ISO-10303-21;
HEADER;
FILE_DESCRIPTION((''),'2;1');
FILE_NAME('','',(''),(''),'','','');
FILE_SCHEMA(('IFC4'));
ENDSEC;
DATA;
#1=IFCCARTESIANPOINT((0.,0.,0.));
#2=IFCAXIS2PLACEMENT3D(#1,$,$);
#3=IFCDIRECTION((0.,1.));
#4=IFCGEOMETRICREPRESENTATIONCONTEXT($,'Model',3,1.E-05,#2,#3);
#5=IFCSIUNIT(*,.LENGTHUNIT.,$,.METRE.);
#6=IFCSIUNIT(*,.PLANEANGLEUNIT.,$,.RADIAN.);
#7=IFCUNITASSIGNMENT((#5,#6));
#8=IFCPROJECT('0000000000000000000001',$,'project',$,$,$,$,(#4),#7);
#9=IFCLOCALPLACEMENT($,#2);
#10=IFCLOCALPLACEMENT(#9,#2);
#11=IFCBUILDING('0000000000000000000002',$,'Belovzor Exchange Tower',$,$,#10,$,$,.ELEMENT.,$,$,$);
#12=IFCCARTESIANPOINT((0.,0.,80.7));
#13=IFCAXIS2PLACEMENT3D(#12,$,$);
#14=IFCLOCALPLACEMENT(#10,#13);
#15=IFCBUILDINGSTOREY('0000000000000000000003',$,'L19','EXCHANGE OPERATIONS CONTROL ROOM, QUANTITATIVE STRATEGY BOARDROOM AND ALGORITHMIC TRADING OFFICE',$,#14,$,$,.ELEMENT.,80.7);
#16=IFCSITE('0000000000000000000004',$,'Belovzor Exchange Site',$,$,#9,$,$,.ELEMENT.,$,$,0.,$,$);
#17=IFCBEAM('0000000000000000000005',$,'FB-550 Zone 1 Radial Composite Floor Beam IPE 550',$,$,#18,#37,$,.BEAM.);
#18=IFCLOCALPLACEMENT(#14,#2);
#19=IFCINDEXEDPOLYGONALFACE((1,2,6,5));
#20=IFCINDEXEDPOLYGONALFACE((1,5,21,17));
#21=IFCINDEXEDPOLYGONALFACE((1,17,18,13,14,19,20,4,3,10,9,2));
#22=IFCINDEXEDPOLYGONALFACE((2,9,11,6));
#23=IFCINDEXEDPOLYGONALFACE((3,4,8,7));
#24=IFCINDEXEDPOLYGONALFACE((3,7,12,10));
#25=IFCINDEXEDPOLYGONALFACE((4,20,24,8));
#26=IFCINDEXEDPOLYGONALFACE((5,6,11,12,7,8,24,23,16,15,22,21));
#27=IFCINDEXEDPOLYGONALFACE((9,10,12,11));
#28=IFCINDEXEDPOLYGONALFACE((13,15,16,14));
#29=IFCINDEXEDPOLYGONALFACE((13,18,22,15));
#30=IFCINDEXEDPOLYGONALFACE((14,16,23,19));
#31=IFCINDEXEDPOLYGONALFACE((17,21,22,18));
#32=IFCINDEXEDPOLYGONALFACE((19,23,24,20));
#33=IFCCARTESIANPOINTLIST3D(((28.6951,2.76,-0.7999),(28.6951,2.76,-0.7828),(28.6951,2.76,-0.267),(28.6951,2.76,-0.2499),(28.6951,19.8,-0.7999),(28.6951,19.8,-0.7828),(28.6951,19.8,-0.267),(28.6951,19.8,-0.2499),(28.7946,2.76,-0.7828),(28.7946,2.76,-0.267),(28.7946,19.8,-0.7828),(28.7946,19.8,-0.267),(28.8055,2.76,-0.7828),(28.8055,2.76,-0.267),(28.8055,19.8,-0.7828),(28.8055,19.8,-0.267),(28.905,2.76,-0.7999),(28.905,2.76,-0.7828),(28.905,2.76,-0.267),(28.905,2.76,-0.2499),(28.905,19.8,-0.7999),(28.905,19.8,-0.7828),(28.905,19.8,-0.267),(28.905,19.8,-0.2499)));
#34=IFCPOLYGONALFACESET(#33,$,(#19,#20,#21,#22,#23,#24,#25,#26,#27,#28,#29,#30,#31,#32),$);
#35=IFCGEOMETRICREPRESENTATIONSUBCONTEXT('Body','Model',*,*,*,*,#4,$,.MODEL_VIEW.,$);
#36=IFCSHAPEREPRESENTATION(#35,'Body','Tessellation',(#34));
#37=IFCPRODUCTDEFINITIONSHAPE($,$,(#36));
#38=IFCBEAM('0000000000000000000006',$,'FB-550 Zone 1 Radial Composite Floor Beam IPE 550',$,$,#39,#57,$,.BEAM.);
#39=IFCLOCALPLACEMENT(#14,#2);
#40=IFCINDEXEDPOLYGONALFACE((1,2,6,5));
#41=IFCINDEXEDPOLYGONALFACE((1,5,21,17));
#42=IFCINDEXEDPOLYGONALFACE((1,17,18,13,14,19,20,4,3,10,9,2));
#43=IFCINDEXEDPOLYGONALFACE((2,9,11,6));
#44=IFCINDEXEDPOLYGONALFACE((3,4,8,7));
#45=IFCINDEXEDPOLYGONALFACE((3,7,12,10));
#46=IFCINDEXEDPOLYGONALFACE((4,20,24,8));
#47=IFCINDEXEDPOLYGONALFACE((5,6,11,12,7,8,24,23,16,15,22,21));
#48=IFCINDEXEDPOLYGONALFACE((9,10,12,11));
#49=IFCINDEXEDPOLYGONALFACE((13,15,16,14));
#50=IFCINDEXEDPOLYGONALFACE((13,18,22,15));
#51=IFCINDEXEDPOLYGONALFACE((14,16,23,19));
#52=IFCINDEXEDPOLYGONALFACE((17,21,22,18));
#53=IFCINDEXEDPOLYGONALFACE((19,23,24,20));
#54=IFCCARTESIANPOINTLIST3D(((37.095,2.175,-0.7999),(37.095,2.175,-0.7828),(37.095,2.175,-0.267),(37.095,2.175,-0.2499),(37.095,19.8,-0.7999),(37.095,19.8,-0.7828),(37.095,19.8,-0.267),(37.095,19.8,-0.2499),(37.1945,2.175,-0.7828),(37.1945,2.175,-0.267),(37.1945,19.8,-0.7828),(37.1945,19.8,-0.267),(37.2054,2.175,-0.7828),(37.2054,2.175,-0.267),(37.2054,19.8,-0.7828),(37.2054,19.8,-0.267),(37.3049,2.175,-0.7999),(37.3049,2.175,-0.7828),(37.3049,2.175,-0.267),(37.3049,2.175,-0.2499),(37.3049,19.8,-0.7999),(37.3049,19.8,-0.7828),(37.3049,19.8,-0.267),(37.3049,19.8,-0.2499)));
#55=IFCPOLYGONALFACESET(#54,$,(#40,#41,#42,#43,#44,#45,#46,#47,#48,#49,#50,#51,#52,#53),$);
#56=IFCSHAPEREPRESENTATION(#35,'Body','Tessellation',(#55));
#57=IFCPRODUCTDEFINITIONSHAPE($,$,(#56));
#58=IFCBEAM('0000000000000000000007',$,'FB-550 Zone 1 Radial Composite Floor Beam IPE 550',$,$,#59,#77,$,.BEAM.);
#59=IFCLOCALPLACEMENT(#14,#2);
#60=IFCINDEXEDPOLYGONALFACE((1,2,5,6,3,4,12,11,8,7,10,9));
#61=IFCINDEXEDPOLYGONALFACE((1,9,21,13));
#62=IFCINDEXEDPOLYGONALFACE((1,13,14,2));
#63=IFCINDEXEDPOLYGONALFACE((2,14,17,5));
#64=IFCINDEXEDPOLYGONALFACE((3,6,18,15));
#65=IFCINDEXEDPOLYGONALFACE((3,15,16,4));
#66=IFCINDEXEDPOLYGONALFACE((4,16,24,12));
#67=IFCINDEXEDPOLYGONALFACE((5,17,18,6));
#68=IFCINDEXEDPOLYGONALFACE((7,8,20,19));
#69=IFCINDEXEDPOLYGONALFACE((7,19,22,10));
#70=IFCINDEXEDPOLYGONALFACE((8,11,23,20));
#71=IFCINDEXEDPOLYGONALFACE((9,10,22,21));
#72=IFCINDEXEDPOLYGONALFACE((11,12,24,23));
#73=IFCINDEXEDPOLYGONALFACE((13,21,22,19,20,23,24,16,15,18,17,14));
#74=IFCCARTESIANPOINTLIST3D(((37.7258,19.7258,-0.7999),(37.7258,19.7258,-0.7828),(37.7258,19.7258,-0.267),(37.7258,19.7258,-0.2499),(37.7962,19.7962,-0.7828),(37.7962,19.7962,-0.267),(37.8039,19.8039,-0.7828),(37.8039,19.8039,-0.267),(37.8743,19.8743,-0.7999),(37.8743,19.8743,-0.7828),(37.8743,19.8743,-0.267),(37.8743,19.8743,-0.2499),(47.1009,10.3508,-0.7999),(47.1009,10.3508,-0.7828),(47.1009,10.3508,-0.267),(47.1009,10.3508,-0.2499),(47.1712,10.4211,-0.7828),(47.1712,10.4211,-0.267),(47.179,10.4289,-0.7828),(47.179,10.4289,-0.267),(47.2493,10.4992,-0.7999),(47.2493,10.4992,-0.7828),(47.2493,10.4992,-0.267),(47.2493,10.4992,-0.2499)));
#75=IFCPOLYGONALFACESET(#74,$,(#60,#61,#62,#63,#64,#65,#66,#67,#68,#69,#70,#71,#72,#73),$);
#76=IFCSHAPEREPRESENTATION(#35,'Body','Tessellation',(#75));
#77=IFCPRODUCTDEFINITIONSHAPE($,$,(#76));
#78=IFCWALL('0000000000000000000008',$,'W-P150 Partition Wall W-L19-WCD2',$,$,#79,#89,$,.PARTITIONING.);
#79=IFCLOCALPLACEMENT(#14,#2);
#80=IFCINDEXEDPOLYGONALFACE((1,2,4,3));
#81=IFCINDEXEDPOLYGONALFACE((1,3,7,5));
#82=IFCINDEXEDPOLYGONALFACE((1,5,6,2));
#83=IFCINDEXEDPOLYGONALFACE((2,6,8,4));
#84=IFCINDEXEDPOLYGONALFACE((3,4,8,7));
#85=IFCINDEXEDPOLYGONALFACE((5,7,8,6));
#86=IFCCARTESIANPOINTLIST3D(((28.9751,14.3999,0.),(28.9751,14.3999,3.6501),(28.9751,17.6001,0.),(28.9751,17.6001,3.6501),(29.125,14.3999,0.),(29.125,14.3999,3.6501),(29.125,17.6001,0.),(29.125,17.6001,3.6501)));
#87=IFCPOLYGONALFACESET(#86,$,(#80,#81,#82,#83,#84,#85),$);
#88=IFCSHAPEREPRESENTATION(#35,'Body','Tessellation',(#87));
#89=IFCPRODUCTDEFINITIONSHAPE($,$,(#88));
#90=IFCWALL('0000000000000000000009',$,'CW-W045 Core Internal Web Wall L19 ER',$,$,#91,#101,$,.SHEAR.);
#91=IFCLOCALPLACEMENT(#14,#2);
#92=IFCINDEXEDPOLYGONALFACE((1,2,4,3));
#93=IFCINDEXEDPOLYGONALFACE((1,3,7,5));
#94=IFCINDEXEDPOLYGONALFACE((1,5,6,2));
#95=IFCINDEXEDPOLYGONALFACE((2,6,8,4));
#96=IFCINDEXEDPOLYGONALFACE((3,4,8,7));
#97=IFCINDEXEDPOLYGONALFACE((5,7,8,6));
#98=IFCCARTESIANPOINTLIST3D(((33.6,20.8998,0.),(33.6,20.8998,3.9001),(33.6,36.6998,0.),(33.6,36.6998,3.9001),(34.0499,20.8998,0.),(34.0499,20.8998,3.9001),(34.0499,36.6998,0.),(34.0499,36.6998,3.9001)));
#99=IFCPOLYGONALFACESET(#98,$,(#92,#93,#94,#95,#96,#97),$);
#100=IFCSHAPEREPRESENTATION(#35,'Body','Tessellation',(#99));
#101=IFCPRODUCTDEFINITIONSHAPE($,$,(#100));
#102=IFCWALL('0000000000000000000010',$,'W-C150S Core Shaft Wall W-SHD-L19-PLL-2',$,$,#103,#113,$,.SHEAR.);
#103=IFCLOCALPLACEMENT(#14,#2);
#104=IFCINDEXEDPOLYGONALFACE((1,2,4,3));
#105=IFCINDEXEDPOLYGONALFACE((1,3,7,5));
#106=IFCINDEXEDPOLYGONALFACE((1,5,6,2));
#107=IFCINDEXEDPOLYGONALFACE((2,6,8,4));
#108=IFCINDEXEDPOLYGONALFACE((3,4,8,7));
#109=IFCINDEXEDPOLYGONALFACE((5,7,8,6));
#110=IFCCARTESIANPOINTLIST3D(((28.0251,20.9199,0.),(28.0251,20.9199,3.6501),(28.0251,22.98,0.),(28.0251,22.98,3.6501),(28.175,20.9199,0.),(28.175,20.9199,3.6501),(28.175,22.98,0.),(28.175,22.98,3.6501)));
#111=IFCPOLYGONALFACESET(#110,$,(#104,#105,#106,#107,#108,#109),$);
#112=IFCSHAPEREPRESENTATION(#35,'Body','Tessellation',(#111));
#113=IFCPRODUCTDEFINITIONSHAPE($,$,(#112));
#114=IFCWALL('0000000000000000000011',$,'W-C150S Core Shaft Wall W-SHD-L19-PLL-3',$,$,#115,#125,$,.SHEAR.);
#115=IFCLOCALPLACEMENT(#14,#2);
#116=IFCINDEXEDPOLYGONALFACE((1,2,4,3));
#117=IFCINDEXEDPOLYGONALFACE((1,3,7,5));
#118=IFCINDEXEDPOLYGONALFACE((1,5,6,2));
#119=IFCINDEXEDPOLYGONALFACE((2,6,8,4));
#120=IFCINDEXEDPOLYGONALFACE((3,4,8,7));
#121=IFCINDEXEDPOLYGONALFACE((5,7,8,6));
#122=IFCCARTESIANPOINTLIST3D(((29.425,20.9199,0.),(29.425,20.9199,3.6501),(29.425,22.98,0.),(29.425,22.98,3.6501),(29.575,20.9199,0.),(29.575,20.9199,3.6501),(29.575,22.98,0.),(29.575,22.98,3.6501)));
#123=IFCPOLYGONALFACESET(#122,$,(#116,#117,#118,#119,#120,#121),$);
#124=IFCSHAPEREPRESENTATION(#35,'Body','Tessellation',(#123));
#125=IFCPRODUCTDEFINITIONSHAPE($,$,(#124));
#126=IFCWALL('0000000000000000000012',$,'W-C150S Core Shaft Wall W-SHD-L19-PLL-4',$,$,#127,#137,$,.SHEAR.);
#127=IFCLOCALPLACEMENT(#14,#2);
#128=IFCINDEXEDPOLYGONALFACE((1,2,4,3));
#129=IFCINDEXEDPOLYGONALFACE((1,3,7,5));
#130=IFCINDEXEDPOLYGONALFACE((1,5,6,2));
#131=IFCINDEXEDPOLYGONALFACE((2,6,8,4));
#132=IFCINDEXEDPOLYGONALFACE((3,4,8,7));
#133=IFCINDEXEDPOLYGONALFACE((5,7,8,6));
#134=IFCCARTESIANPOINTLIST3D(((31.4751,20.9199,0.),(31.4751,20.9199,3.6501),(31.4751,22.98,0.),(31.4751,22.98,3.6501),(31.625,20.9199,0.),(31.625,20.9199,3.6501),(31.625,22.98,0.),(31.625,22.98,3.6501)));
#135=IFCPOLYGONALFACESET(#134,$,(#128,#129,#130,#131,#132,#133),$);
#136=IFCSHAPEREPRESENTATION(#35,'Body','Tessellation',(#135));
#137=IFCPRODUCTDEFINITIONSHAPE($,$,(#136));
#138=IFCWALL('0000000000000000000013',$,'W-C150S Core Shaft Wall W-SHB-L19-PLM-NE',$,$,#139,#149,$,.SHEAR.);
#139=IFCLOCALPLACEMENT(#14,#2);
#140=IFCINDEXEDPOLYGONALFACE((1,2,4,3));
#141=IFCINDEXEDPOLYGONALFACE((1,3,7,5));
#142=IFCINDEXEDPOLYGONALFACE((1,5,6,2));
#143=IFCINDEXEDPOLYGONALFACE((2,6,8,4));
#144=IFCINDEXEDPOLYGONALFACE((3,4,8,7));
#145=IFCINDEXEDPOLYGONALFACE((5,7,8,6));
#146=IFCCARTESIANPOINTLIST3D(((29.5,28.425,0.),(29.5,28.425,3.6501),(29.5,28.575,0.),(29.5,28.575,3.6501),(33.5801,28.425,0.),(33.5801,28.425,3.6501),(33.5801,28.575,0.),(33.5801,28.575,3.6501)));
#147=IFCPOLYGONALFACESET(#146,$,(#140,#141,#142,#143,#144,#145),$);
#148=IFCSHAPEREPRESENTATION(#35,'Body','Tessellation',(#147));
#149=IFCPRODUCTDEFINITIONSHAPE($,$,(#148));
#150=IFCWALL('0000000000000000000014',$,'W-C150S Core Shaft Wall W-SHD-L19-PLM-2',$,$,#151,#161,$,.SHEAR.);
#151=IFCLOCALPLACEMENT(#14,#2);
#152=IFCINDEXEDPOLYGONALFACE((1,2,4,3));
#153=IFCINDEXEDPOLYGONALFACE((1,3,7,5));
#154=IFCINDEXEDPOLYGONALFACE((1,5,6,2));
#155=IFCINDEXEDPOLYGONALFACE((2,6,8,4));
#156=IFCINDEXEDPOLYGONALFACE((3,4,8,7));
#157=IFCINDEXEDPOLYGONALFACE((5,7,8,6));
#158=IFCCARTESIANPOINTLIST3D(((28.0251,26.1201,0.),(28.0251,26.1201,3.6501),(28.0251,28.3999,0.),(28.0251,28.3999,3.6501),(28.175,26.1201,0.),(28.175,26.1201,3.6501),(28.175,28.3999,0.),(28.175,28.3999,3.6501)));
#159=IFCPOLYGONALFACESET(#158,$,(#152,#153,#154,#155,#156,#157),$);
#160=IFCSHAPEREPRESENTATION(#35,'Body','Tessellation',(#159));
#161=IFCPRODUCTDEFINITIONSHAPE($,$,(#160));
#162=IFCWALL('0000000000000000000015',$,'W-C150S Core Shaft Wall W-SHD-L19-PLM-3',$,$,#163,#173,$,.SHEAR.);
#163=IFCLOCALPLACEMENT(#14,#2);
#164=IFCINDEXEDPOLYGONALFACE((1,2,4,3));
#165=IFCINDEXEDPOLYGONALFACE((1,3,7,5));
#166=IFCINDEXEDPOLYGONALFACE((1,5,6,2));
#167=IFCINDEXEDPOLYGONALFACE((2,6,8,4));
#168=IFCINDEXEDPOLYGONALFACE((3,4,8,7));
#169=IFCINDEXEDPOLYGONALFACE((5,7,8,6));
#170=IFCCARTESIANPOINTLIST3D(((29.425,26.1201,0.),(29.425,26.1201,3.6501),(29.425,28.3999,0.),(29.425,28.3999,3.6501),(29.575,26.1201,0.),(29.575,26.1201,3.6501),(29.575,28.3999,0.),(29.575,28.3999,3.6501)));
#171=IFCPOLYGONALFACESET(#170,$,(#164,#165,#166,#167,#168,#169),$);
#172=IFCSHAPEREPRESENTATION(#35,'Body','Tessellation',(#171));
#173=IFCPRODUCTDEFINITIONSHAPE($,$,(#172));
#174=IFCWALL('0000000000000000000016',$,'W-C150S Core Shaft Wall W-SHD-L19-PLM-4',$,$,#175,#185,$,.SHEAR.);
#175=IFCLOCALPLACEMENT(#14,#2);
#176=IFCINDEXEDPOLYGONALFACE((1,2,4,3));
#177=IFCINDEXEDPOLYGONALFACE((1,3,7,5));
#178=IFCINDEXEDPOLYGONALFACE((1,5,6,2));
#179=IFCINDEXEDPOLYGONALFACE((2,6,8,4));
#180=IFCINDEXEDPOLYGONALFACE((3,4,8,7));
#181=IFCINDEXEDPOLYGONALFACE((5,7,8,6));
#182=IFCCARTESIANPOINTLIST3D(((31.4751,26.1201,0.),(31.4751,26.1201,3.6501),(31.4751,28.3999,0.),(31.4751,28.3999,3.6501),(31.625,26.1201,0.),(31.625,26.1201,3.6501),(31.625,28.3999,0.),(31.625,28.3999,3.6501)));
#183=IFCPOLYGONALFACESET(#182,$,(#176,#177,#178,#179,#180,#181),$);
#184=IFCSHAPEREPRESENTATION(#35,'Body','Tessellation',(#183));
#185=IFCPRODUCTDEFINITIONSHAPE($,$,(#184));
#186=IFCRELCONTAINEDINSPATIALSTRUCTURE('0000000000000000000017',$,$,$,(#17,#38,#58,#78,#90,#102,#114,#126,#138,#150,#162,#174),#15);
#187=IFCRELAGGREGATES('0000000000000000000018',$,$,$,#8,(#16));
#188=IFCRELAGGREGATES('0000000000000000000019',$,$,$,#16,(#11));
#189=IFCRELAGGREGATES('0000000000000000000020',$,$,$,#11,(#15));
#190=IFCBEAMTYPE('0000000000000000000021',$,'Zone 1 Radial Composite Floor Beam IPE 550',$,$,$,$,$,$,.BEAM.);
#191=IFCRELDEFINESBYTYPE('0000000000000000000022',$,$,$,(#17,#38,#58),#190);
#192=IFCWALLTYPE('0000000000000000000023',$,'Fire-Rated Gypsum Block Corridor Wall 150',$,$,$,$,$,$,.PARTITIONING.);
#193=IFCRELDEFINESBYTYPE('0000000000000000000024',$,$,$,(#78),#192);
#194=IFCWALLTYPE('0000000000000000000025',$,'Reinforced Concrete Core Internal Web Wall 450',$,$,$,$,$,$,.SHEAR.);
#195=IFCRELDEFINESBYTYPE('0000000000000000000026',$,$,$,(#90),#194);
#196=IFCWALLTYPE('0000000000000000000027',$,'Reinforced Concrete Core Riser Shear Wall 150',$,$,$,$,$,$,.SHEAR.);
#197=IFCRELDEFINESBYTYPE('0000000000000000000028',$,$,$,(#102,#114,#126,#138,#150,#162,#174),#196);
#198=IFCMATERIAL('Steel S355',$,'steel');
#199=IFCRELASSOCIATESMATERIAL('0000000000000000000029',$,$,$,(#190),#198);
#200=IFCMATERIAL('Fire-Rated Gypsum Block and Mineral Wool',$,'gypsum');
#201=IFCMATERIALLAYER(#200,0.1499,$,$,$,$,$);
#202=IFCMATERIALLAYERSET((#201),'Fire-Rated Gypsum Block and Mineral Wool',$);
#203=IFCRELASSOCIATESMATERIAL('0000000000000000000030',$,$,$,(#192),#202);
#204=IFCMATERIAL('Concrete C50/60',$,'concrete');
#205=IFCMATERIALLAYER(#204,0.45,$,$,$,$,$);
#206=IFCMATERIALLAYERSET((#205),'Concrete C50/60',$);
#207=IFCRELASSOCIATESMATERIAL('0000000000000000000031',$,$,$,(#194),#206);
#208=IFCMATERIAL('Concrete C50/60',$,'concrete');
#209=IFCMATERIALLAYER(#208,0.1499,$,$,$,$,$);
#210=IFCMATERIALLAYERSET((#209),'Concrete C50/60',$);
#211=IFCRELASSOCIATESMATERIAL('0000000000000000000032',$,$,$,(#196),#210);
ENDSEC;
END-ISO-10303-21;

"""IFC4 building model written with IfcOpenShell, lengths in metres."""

from ifc_helpers import new_model, si_unit, direction, frame, frame_2d, origin, origin_2d, place, context, subcontext, project, spatial, rectangle, i_section, extrude, material, layer, layer_set, material_profile, profile_set, type_object, element, save


model = new_model("IFC4")

# Units and contexts
model_context = context("Model", 3, precision=1e-05, world=origin(), true_north=direction((0.0, 1.0)))
body_context = subcontext(model_context, "Body", "Model", "MODEL_VIEW")
ifc_project = project(units=[si_unit("LENGTHUNIT", "METRE"), si_unit("PLANEANGLEUNIT", "RADIAN")], contexts=[model_context])

# Site, building, storey
site_placement = place(None, origin())
site = spatial("IfcSite", under=ifc_project, at=site_placement, Name="Belovzor Exchange Site", CompositionType="ELEMENT", RefElevation=0.0)
building_placement = place(site_placement, origin())
building = spatial("IfcBuilding", under=site, at=building_placement, Name="Belovzor Exchange Tower", CompositionType="ELEMENT")
storey_placement = place(building_placement, frame((0.0, 0.0, 80.7)))
storey = spatial("IfcBuildingStorey", under=building, at=storey_placement, Name="L19", Description="EXCHANGE OPERATIONS CONTROL ROOM, QUANTITATIVE STRATEGY BOARDROOM AND ALGORITHMIC TRADING OFFICE", CompositionType="ELEMENT", Elevation=80.7)

# Beams
ifc_material_1 = material(Name="Steel S355", Category="steel")
ifc_material_profile = material_profile(ifc_material_1, i_section(OverallWidth=0.21, OverallDepth=0.55, WebThickness=0.011, FlangeThickness=0.0171, at=origin_2d()))
ifc_profile_set = profile_set([ifc_material_profile], Name="Steel S355")
beam_type = type_object("IfcBeamType", Name="Zone 1 Radial Composite Floor Beam IPE 550", PredefinedType="BEAM", material=ifc_profile_set)
beam_1_placement = place(storey_placement, frame((28.8, 19.8, -0.5249), z_axis=(0.0, -1.0, 0.0), x_axis=(1.0, 0.0, 0.0)))
element("IfcBeam", 1, at=beam_1_placement, inside=storey, type_object=beam_type, Name="FB-550 Zone 1 Radial Composite Floor Beam IPE 550", PredefinedType="BEAM", context=body_context, shape_type="SweptSolid", body=[
    extrude(i_section(OverallWidth=0.21, OverallDepth=0.55, WebThickness=0.011, FlangeThickness=0.0171, at=origin_2d()), origin(), (0.0, 0.0, 1.0), 17.04),
])
beam_2_placement = place(storey_placement, frame((37.2, 19.8, -0.5249), z_axis=(0.0, -1.0, 0.0), x_axis=(1.0, 0.0, 0.0)))
element("IfcBeam", 2, at=beam_2_placement, inside=storey, type_object=beam_type, Name="FB-550 Zone 1 Radial Composite Floor Beam IPE 550", PredefinedType="BEAM", context=body_context, shape_type="SweptSolid", body=[
    extrude(i_section(OverallWidth=0.21, OverallDepth=0.55, WebThickness=0.011, FlangeThickness=0.0171, at=origin_2d()), origin(), (0.0, 0.0, 1.0), 17.625),
])
beam_3_placement = place(storey_placement, frame((37.8, 19.8, -0.5249), z_axis=(0.707107, -0.707107, 0.0), x_axis=(0.707107, 0.707107, 0.0)))
element("IfcBeam", 3, at=beam_3_placement, inside=storey, type_object=beam_type, Name="FB-550 Zone 1 Radial Composite Floor Beam IPE 550", PredefinedType="BEAM", context=body_context, shape_type="SweptSolid", body=[
    extrude(i_section(OverallWidth=0.21, OverallDepth=0.55, WebThickness=0.011, FlangeThickness=0.0171, at=origin_2d()), origin(), (0.0, 0.0, 1.0), 13.2583),
])

# Walls
ifc_material_2 = material(Name="Fire-Rated Gypsum Block and Mineral Wool", Category="gypsum")
ifc_layer_1 = layer(ifc_material_2, 0.1499)
ifc_layer_set_1 = layer_set([ifc_layer_1], Name="Fire-Rated Gypsum Block and Mineral Wool")
wall_type_1 = type_object("IfcWallType", Name="Fire-Rated Gypsum Block Corridor Wall 150", PredefinedType="PARTITIONING", material=ifc_layer_set_1)
wall_1_placement = place(storey_placement, frame((29.05, 14.3999, 0.0), z_axis=(0.0, 0.0, 1.0), x_axis=(0.0, 1.0, 0.0)))
element("IfcWall", 4, at=wall_1_placement, inside=storey, type_object=wall_type_1, Name="W-P150 Partition Wall W-L19-WCD2", PredefinedType="PARTITIONING", context=body_context, shape_type="SweptSolid", body=[
    extrude(rectangle(XDim=3.2002, YDim=0.1499, at=frame_2d((1.6001, 0.0))), origin(), (0.0, 0.0, 1.0), 3.6501),
])
ifc_material_3 = material(Name="Concrete C50/60", Category="concrete")
ifc_layer_2 = layer(ifc_material_3, 0.45)
ifc_layer_set_2 = layer_set([ifc_layer_2], Name="Concrete C50/60")
wall_type_2 = type_object("IfcWallType", Name="Reinforced Concrete Core Internal Web Wall 450", PredefinedType="SHEAR", material=ifc_layer_set_2)
wall_2_placement = place(storey_placement, frame((33.825, 20.8999, 0.0), z_axis=(0.0, 0.0, 1.0), x_axis=(0.0, 1.0, 0.0)))
element("IfcWall", 5, at=wall_2_placement, inside=storey, type_object=wall_type_2, Name="CW-W045 Core Internal Web Wall L19 ER", PredefinedType="SHEAR", context=body_context, shape_type="SweptSolid", body=[
    extrude(rectangle(XDim=15.8, YDim=0.45, at=frame_2d((7.8999, 0.0))), origin(), (0.0, 0.0, 1.0), 3.9001),
])
ifc_material_4 = material(Name="Concrete C50/60", Category="concrete")
ifc_layer_3 = layer(ifc_material_4, 0.1499)
ifc_layer_set_3 = layer_set([ifc_layer_3], Name="Concrete C50/60")
wall_type_3 = type_object("IfcWallType", Name="Reinforced Concrete Core Riser Shear Wall 150", PredefinedType="SHEAR", material=ifc_layer_set_3)
for number, where, z_axis, x_axis, name in (
    (6, (28.1001, 20.9199, 0.0), (0.0, 0.0, 1.0), (0.0, 1.0, 0.0), "W-C150S Core Shaft Wall W-SHD-L19-PLL-2"),
    (7, (29.5, 20.9199, 0.0), (0.0, 0.0, 1.0), (0.0, 1.0, 0.0), "W-C150S Core Shaft Wall W-SHD-L19-PLL-3"),
    (8, (31.55, 20.9199, 0.0), (0.0, 0.0, 1.0), (0.0, 1.0, 0.0), "W-C150S Core Shaft Wall W-SHD-L19-PLL-4"),
):
    element("IfcWall", number, at=place(storey_placement, frame(where, z_axis=z_axis, x_axis=x_axis)), inside=storey, type_object=wall_type_3, Name=name, PredefinedType="SHEAR", context=body_context, shape_type="SweptSolid", body=[
        extrude(rectangle(XDim=2.0601, YDim=0.1499, at=frame_2d((1.03, 0.0))), origin(), (0.0, 0.0, 1.0), 3.6501),
    ])
wall_3_placement = place(storey_placement, frame((29.5, 28.5, 0.0), z_axis=(0.0, 0.0, 1.0), x_axis=(1.0, 0.0, 0.0)))
element("IfcWall", 9, at=wall_3_placement, inside=storey, type_object=wall_type_3, Name="W-C150S Core Shaft Wall W-SHB-L19-PLM-NE", PredefinedType="SHEAR", context=body_context, shape_type="SweptSolid", body=[
    extrude(rectangle(XDim=4.0801, YDim=0.1499, at=frame_2d((2.04, 0.0))), origin(), (0.0, 0.0, 1.0), 3.6501),
])
for number, where, z_axis, x_axis, name in (
    (10, (28.1001, 26.1201, 0.0), (0.0, 0.0, 1.0), (0.0, 1.0, 0.0), "W-C150S Core Shaft Wall W-SHD-L19-PLM-2"),
    (11, (29.5, 26.1201, 0.0), (0.0, 0.0, 1.0), (0.0, 1.0, 0.0), "W-C150S Core Shaft Wall W-SHD-L19-PLM-3"),
    (12, (31.55, 26.1201, 0.0), (0.0, 0.0, 1.0), (0.0, 1.0, 0.0), "W-C150S Core Shaft Wall W-SHD-L19-PLM-4"),
):
    element("IfcWall", number, at=place(storey_placement, frame(where, z_axis=z_axis, x_axis=x_axis)), inside=storey, type_object=wall_type_3, Name=name, PredefinedType="SHEAR", context=body_context, shape_type="SweptSolid", body=[
        extrude(rectangle(XDim=2.2798, YDim=0.1499, at=frame_2d((1.1399, 0.0))), origin(), (0.0, 0.0, 1.0), 3.6501),
    ])

save(model, "model.ifc")
